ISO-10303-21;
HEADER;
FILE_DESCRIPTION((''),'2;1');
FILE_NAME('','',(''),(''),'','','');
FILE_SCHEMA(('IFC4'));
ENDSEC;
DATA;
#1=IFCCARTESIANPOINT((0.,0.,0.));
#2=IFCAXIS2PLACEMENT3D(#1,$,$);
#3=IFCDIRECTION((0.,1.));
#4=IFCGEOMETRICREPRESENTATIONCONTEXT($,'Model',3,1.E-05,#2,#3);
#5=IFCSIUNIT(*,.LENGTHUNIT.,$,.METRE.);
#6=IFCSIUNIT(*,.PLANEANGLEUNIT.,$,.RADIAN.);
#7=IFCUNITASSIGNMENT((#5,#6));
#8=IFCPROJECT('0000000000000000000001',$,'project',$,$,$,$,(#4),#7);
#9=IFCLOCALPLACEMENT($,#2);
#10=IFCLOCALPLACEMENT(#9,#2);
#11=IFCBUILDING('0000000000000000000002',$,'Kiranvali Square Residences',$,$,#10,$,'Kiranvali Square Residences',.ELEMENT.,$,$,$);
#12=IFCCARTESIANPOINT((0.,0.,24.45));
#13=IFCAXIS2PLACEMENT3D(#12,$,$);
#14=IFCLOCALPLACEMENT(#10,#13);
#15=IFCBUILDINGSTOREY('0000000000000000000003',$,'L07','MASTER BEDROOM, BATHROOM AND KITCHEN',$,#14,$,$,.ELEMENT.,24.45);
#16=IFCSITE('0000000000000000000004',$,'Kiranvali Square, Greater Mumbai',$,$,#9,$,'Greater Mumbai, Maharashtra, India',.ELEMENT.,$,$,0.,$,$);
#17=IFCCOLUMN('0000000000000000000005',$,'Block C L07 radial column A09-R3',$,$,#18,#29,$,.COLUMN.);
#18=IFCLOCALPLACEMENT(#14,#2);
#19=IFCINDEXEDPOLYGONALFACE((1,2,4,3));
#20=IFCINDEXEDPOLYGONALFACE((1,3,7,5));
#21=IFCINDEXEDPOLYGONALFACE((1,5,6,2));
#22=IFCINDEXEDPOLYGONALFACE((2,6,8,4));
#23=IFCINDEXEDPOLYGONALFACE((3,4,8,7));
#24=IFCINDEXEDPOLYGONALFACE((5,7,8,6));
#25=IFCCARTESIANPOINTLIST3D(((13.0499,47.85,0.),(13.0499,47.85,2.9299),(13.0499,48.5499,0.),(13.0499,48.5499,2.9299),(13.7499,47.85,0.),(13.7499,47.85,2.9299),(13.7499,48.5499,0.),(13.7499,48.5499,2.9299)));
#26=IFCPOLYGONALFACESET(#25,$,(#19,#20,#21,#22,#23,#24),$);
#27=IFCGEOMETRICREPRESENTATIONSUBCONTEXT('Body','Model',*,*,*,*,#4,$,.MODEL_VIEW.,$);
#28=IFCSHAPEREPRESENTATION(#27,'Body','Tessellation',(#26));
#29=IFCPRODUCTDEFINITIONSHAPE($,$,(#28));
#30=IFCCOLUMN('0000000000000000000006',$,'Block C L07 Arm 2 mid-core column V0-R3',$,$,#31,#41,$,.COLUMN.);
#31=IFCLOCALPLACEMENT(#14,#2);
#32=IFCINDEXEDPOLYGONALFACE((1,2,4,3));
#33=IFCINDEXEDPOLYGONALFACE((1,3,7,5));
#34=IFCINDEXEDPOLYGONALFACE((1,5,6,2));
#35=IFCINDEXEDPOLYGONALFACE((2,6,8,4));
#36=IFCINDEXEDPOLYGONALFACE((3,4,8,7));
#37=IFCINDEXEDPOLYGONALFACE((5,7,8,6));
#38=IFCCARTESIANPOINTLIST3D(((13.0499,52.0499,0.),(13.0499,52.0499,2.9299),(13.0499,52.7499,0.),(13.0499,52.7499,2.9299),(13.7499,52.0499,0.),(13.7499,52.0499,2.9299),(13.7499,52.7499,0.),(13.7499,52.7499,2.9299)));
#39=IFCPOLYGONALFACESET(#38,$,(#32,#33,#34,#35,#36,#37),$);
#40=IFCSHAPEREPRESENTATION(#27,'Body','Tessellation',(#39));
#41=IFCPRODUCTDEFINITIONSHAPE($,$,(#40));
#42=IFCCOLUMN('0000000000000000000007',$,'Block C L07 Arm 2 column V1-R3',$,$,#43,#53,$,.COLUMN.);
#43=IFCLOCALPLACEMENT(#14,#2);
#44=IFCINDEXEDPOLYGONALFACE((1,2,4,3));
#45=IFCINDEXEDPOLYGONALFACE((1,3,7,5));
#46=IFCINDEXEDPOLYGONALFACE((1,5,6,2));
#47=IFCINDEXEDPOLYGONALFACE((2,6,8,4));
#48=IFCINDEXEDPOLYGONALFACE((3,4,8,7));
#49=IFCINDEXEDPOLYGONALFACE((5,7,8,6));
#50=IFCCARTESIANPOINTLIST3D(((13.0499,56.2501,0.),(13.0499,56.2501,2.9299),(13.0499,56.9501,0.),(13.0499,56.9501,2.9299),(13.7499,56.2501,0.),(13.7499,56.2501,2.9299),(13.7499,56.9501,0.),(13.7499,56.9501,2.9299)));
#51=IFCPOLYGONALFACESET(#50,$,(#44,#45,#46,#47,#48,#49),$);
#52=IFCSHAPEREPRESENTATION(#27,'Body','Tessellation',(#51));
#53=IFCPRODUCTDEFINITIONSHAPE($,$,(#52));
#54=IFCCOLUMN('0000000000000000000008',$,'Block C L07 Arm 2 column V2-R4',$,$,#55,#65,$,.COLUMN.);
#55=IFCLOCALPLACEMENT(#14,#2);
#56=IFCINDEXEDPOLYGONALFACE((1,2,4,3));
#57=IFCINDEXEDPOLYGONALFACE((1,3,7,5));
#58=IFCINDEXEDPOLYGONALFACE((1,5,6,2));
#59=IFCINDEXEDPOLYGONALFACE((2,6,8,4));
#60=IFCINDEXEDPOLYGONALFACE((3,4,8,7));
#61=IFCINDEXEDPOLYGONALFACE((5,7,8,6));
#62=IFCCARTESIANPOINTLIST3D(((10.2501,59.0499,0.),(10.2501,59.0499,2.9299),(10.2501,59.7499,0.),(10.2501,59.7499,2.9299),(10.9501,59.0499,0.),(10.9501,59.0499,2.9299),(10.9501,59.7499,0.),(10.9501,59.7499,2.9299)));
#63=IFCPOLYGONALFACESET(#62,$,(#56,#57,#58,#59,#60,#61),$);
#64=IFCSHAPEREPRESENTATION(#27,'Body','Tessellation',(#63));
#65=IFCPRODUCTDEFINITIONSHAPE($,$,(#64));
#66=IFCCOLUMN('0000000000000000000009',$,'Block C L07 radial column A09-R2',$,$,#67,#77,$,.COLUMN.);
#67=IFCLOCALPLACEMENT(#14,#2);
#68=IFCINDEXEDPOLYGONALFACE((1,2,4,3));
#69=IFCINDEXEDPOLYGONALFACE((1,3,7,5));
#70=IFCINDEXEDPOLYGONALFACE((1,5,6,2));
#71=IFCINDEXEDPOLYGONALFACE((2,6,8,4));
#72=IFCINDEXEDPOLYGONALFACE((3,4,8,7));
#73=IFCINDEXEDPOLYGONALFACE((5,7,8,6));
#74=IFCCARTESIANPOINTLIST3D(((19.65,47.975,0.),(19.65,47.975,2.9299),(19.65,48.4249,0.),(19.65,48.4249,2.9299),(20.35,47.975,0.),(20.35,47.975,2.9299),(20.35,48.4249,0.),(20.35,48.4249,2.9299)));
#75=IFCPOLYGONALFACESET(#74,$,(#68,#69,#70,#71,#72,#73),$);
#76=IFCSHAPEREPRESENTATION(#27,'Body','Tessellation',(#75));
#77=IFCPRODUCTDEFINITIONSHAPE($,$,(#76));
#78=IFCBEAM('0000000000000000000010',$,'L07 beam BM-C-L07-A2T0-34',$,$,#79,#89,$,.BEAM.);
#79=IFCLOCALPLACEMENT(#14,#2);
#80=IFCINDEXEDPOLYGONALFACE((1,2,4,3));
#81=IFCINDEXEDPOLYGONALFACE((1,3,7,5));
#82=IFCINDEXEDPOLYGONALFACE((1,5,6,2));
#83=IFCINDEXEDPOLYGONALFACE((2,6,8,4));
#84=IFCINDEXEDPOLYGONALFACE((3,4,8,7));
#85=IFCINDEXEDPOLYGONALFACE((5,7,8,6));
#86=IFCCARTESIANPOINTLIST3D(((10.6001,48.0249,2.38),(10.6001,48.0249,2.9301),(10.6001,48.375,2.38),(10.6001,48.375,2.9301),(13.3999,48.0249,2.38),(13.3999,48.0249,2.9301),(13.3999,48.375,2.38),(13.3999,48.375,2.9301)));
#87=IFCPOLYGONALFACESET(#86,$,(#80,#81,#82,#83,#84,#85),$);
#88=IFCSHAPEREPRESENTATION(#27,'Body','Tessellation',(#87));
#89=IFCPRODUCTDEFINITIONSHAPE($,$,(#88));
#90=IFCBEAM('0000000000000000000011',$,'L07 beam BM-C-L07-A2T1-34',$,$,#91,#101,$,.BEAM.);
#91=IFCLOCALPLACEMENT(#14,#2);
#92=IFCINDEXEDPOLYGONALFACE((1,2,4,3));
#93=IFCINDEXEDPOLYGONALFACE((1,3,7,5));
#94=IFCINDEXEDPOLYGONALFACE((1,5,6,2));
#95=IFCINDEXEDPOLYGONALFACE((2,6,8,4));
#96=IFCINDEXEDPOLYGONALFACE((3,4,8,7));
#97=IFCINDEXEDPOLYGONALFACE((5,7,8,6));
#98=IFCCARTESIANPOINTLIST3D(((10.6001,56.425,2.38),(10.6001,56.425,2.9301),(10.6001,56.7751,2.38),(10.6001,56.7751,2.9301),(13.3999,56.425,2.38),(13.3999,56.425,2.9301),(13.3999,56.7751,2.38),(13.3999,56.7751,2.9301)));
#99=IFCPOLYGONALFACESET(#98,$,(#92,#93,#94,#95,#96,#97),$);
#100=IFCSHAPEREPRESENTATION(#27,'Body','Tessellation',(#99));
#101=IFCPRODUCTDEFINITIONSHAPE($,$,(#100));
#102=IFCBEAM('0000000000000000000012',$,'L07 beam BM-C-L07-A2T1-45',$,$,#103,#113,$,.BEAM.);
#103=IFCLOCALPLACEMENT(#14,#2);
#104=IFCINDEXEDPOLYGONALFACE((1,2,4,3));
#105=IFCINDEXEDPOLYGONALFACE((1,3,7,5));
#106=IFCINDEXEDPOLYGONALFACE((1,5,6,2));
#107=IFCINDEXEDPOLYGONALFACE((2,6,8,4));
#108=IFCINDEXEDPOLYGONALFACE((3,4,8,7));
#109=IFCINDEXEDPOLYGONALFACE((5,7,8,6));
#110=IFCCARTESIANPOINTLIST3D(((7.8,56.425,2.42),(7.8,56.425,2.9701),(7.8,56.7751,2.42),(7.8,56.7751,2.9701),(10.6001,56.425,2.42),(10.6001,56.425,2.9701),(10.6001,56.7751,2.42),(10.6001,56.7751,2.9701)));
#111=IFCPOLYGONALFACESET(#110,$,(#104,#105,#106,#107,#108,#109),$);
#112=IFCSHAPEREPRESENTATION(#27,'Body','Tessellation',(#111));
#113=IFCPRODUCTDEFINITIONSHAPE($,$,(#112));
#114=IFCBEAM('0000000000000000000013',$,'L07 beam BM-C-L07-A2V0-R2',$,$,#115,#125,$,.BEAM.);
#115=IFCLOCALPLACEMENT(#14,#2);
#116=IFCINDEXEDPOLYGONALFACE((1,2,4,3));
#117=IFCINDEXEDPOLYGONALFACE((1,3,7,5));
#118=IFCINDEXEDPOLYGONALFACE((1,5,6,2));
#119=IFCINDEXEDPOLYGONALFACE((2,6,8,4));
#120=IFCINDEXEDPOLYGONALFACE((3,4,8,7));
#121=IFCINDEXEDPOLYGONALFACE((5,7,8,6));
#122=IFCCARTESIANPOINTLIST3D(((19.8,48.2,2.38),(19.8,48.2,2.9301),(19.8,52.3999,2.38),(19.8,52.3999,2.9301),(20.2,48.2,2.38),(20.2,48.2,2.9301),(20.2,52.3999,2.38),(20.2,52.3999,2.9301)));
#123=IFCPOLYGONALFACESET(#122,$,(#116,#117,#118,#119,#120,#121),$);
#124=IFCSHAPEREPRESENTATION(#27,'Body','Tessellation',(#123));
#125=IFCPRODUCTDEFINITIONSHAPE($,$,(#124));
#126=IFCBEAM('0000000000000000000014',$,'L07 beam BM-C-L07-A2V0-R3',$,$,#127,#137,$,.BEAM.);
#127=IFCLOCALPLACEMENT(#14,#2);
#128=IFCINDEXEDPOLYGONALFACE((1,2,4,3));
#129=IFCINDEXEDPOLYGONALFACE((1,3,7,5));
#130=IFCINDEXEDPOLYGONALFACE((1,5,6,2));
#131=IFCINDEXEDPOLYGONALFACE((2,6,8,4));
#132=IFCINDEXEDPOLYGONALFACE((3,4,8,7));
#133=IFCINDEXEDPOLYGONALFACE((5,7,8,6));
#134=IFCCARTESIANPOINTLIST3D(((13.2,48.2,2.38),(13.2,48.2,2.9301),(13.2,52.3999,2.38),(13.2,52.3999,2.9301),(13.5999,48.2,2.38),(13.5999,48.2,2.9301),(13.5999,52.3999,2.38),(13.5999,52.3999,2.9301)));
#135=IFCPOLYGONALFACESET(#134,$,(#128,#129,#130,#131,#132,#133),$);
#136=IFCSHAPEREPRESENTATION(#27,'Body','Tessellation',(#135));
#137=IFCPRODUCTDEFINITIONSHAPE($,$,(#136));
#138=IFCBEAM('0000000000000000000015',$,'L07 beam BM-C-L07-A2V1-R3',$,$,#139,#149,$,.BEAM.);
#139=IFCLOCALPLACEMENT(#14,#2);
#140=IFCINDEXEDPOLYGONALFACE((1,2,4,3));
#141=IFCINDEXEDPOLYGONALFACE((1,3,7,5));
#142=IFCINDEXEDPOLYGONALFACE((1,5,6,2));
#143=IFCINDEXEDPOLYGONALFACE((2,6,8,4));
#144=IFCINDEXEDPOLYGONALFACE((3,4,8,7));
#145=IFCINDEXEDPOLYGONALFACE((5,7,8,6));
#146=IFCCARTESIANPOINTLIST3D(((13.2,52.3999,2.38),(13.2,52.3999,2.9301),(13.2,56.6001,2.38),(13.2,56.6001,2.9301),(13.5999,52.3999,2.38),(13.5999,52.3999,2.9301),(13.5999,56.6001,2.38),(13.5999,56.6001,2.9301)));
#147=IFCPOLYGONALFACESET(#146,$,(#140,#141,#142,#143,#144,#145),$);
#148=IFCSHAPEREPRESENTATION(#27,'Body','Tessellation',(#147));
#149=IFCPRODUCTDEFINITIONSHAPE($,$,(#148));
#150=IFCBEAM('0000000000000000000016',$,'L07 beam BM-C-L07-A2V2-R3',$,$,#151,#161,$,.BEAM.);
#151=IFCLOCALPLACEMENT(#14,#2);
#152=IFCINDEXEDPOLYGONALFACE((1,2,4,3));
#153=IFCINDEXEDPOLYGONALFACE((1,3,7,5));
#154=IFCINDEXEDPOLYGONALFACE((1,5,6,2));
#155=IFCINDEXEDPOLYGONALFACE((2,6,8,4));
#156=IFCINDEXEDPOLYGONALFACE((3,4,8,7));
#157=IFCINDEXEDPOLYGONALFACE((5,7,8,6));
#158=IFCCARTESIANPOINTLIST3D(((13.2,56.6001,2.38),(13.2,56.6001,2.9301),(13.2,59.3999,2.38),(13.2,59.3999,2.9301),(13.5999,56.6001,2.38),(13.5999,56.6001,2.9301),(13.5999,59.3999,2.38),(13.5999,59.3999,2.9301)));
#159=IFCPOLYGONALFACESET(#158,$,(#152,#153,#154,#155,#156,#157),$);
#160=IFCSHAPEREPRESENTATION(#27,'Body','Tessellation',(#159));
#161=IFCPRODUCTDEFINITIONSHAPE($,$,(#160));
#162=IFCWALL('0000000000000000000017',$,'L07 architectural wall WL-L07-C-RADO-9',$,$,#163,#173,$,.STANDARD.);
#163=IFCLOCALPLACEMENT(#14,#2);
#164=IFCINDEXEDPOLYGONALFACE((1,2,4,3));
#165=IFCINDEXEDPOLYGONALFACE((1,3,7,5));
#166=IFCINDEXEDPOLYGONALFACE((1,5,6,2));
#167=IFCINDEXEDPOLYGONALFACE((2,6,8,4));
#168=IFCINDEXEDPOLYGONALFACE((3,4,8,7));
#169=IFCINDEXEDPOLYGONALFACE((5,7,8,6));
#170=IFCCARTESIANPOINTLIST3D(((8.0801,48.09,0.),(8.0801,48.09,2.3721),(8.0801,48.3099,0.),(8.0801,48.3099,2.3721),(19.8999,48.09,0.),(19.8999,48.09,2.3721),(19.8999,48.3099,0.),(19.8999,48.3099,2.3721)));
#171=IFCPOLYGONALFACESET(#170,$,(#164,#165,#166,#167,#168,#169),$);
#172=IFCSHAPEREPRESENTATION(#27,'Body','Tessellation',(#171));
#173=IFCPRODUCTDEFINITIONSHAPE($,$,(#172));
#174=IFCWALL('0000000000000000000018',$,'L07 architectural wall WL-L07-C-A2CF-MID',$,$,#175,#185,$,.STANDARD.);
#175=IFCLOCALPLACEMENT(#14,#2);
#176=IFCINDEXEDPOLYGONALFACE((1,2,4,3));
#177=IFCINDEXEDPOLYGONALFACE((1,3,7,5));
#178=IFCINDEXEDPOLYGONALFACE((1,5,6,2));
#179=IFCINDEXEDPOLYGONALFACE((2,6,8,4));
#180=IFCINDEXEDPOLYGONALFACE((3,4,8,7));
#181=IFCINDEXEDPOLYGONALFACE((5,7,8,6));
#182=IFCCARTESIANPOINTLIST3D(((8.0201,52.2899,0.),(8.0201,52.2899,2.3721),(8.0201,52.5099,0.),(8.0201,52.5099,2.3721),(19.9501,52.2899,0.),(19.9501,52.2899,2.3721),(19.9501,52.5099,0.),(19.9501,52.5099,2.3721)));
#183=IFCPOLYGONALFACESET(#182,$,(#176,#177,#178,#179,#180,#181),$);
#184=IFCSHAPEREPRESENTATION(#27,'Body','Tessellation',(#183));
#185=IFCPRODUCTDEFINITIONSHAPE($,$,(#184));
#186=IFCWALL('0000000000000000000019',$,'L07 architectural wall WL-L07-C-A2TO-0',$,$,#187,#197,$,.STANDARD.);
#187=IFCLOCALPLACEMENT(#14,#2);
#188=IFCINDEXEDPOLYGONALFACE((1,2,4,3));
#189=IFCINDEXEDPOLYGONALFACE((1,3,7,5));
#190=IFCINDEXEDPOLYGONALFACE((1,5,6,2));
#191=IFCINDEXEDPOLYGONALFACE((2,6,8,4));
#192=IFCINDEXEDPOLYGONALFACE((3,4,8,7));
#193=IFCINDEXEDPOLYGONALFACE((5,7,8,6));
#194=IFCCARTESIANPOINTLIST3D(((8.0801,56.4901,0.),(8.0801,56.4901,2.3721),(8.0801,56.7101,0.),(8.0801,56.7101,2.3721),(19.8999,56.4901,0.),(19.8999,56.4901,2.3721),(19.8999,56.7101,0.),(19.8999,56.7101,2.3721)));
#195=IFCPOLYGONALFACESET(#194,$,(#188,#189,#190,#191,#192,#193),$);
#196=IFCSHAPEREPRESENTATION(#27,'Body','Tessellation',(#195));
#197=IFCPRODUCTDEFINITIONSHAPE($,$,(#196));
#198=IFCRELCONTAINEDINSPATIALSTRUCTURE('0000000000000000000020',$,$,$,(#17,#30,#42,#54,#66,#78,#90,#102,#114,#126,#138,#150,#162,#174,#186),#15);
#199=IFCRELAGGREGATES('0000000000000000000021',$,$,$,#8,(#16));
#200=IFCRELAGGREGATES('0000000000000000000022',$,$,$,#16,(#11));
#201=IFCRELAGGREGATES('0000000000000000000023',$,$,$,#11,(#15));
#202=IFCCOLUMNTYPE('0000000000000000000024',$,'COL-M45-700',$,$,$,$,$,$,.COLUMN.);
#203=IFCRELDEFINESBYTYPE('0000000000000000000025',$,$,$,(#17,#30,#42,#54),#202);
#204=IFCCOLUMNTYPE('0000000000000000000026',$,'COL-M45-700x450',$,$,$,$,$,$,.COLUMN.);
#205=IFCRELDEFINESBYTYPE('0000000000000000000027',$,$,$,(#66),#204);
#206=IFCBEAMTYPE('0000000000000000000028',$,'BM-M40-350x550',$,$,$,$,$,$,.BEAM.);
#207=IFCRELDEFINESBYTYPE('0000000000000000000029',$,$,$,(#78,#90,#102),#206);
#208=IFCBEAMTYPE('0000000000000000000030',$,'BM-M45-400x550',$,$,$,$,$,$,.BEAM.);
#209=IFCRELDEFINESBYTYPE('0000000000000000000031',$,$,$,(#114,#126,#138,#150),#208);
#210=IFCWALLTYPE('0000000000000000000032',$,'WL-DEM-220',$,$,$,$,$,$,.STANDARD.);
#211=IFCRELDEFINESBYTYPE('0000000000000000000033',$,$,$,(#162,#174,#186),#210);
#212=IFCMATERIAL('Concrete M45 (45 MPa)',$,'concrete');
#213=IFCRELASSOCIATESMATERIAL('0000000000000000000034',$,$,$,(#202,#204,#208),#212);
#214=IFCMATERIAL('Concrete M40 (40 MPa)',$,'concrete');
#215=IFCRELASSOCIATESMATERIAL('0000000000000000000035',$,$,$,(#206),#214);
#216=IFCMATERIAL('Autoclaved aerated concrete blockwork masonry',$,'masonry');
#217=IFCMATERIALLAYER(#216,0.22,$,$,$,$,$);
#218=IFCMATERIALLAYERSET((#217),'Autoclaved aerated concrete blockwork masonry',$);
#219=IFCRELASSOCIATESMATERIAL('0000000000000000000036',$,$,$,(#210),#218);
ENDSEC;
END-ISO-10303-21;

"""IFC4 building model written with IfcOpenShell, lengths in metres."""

from ifc_helpers import new_model, si_unit, direction, frame, frame_2d, origin, origin_2d, place, context, subcontext, project, spatial, rectangle, extrude, material, layer, layer_set, material_profile, profile_set, type_object, element, save


model = new_model("IFC4")

# Units and contexts
model_context = context("Model", 3, precision=1e-05, world=origin(), true_north=direction((0.0, 1.0)))
body_context = subcontext(model_context, "Body", "Model", "MODEL_VIEW")
ifc_project = project(units=[si_unit("LENGTHUNIT", "METRE"), si_unit("PLANEANGLEUNIT", "RADIAN")], contexts=[model_context])

# Site, building, storey
site_placement = place(None, origin())
site = spatial("IfcSite", under=ifc_project, at=site_placement, Name="Kiranvali Square, Greater Mumbai", LongName="Greater Mumbai, Maharashtra, India", CompositionType="ELEMENT", RefElevation=0.0)
building_placement = place(site_placement, origin())
building = spatial("IfcBuilding", under=site, at=building_placement, Name="Kiranvali Square Residences", LongName="Kiranvali Square Residences", CompositionType="ELEMENT")
storey_placement = place(building_placement, frame((0.0, 0.0, 24.45)))
storey = spatial("IfcBuildingStorey", under=building, at=storey_placement, Name="L07", Description="MASTER BEDROOM, BATHROOM AND KITCHEN", CompositionType="ELEMENT", Elevation=24.45)

# Columns
ifc_material_1 = material(Name="Concrete M45 (45 MPa)", Category="concrete")
ifc_material_profile_1 = material_profile(ifc_material_1, rectangle(XDim=0.7, YDim=0.7, at=origin_2d()), Name="RC 700x700")
ifc_profile_set_1 = profile_set([ifc_material_profile_1], Name="Concrete M45 (45 MPa)")
column_type_1 = type_object("IfcColumnType", Name="COL-M45-700", PredefinedType="COLUMN", material=ifc_profile_set_1)
for number, where, z_axis, x_axis, name in (
    (1, (13.3999, 48.2, 0.0), (0.0, 0.0, 1.0), (0.0, 1.0, 0.0), "Block C L07 radial column A09-R3"),
    (2, (13.3999, 52.3999, 0.0), (0.0, 0.0, 1.0), (1.0, 0.0, 0.0), "Block C L07 Arm 2 mid-core column V0-R3"),
    (3, (13.3999, 56.6001, 0.0), (0.0, 0.0, 1.0), (1.0, 0.0, 0.0), "Block C L07 Arm 2 column V1-R3"),
    (4, (10.6001, 59.3999, 0.0), (0.0, 0.0, 1.0), (1.0, 0.0, 0.0), "Block C L07 Arm 2 column V2-R4"),
):
    element("IfcColumn", number, at=place(storey_placement, frame(where, z_axis=z_axis, x_axis=x_axis)), inside=storey, type_object=column_type_1, Name=name, PredefinedType="COLUMN", context=body_context, shape_type="SweptSolid", body=[
        extrude(rectangle(XDim=0.7, YDim=0.7, at=origin_2d()), origin(), (0.0, 0.0, 1.0), 2.9299),
    ])
ifc_material_profile_2 = material_profile(ifc_material_1, rectangle(XDim=0.45, YDim=0.7, at=origin_2d()), Name="RC 700x450")
ifc_profile_set_2 = profile_set([ifc_material_profile_2], Name="Concrete M45 (45 MPa)")
column_type_2 = type_object("IfcColumnType", Name="COL-M45-700x450", PredefinedType="COLUMN", material=ifc_profile_set_2)
column_placement = place(storey_placement, frame((20.0, 48.2, 0.0), z_axis=(0.0, 0.0, 1.0), x_axis=(0.0, 1.0, 0.0)))
element("IfcColumn", 5, at=column_placement, inside=storey, type_object=column_type_2, Name="Block C L07 radial column A09-R2", PredefinedType="COLUMN", context=body_context, shape_type="SweptSolid", body=[
    extrude(rectangle(XDim=0.45, YDim=0.7, at=origin_2d()), origin(), (0.0, 0.0, 1.0), 2.9299),
])

# Beams
ifc_material_2 = material(Name="Concrete M40 (40 MPa)", Category="concrete")
ifc_material_profile_3 = material_profile(ifc_material_2, rectangle(XDim=0.3501, YDim=0.55, at=origin_2d()), Name="RC 350x550")
ifc_profile_set_3 = profile_set([ifc_material_profile_3], Name="Concrete M40 (40 MPa)")
beam_type_1 = type_object("IfcBeamType", Name="BM-M40-350x550", PredefinedType="BEAM", material=ifc_profile_set_3)
for number, where, z_axis, x_axis, name in (
    (6, (13.3999, 48.2, 2.655), (-1.0, 0.0, 0.0), (0.0, -1.0, 0.0), "L07 beam BM-C-L07-A2T0-34"),
    (7, (13.3999, 56.6001, 2.655), (-1.0, 0.0, 0.0), (0.0, -1.0, 0.0), "L07 beam BM-C-L07-A2T1-34"),
):
    element("IfcBeam", number, at=place(storey_placement, frame(where, z_axis=z_axis, x_axis=x_axis)), inside=storey, type_object=beam_type_1, Name=name, PredefinedType="BEAM", context=body_context, shape_type="SweptSolid", body=[
        extrude(rectangle(XDim=0.3501, YDim=0.55, at=origin_2d()), origin(), (0.0, 0.0, 1.0), 2.7998),
    ])
beam_1_placement = place(storey_placement, frame((10.6001, 56.6001, 2.6951), z_axis=(-1.0, 0.0, 0.0), x_axis=(0.0, -1.0, 0.0)))
element("IfcBeam", 8, at=beam_1_placement, inside=storey, type_object=beam_type_1, Name="L07 beam BM-C-L07-A2T1-45", PredefinedType="BEAM", context=body_context, shape_type="SweptSolid", body=[
    extrude(rectangle(XDim=0.3501, YDim=0.55, at=origin_2d()), origin(), (0.0, 0.0, 1.0), 2.8),
])
ifc_material_profile_4 = material_profile(ifc_material_1, rectangle(XDim=0.3999, YDim=0.55, at=origin_2d()), Name="RC 400x550")
ifc_profile_set_4 = profile_set([ifc_material_profile_4], Name="Concrete M45 (45 MPa)")
beam_type_2 = type_object("IfcBeamType", Name="BM-M45-400x550", PredefinedType="BEAM", material=ifc_profile_set_4)
for number, where, z_axis, x_axis, name in (
    (9, (20.0, 48.2, 2.655), (0.0, 1.0, 0.0), (-1.0, 0.0, 0.0), "L07 beam BM-C-L07-A2V0-R2"),
    (10, (13.3999, 48.2, 2.655), (0.0, 1.0, 0.0), (-1.0, 0.0, 0.0), "L07 beam BM-C-L07-A2V0-R3"),
):
    element("IfcBeam", number, at=place(storey_placement, frame(where, z_axis=z_axis, x_axis=x_axis)), inside=storey, type_object=beam_type_2, Name=name, PredefinedType="BEAM", context=body_context, shape_type="SweptSolid", body=[
        extrude(rectangle(XDim=0.3999, YDim=0.55, at=origin_2d()), origin(), (0.0, 0.0, 1.0), 4.2),
    ])
beam_2_placement = place(storey_placement, frame((13.3999, 52.3999, 2.655), z_axis=(0.0, 1.0, 0.0), x_axis=(-1.0, 0.0, 0.0)))
element("IfcBeam", 11, at=beam_2_placement, inside=storey, type_object=beam_type_2, Name="L07 beam BM-C-L07-A2V1-R3", PredefinedType="BEAM", context=body_context, shape_type="SweptSolid", body=[
    extrude(rectangle(XDim=0.3999, YDim=0.55, at=origin_2d()), origin(), (0.0, 0.0, 1.0), 4.2002),
])
beam_3_placement = place(storey_placement, frame((13.3999, 56.6001, 2.655), z_axis=(0.0, 1.0, 0.0), x_axis=(-1.0, 0.0, 0.0)))
element("IfcBeam", 12, at=beam_3_placement, inside=storey, type_object=beam_type_2, Name="L07 beam BM-C-L07-A2V2-R3", PredefinedType="BEAM", context=body_context, shape_type="SweptSolid", body=[
    extrude(rectangle(XDim=0.3999, YDim=0.55, at=origin_2d()), origin(), (0.0, 0.0, 1.0), 2.7998),
])

# Walls
ifc_material_3 = material(Name="Autoclaved aerated concrete blockwork masonry", Category="masonry")
ifc_layer_1 = layer(ifc_material_3, 0.22)
ifc_layer_set_1 = layer_set([ifc_layer_1], Name="Autoclaved aerated concrete blockwork masonry")
wall_type_1 = type_object("IfcWallType", Name="WL-DEM-220", PredefinedType="STANDARD", material=ifc_layer_set_1)
wall_1_placement = place(storey_placement, frame((19.8999, 48.2, 0.0), z_axis=(0.0, 0.0, 1.0), x_axis=(-1.0, 0.0, 0.0)))
element("IfcWall", 13, at=wall_1_placement, inside=storey, type_object=wall_type_1, Name="L07 architectural wall WL-L07-C-RADO-9", PredefinedType="STANDARD", context=body_context, shape_type="SweptSolid", body=[
    extrude(rectangle(XDim=11.8198, YDim=0.22, at=frame_2d((5.9099, 0.0))), origin(), (0.0, 0.0, 1.0), 2.3721),
])
wall_2_placement = place(storey_placement, frame((19.95, 52.3999, 0.0), z_axis=(0.0, 0.0, 1.0), x_axis=(-1.0, 0.0, 0.0)))
element("IfcWall", 14, at=wall_2_placement, inside=storey, type_object=wall_type_1, Name="L07 architectural wall WL-L07-C-A2CF-MID", PredefinedType="STANDARD", context=body_context, shape_type="SweptSolid", body=[
    extrude(rectangle(XDim=11.9299, YDim=0.22, at=frame_2d((5.9648, 0.0))), origin(), (0.0, 0.0, 1.0), 2.3721),
])
wall_3_placement = place(storey_placement, frame((19.8999, 56.6001, 0.0), z_axis=(0.0, 0.0, 1.0), x_axis=(-1.0, 0.0, 0.0)))
element("IfcWall", 15, at=wall_3_placement, inside=storey, type_object=wall_type_1, Name="L07 architectural wall WL-L07-C-A2TO-0", PredefinedType="STANDARD", context=body_context, shape_type="SweptSolid", body=[
    extrude(rectangle(XDim=11.8198, YDim=0.22, at=frame_2d((5.9099, 0.0))), origin(), (0.0, 0.0, 1.0), 2.3721),
])

save(model, "model.ifc")
